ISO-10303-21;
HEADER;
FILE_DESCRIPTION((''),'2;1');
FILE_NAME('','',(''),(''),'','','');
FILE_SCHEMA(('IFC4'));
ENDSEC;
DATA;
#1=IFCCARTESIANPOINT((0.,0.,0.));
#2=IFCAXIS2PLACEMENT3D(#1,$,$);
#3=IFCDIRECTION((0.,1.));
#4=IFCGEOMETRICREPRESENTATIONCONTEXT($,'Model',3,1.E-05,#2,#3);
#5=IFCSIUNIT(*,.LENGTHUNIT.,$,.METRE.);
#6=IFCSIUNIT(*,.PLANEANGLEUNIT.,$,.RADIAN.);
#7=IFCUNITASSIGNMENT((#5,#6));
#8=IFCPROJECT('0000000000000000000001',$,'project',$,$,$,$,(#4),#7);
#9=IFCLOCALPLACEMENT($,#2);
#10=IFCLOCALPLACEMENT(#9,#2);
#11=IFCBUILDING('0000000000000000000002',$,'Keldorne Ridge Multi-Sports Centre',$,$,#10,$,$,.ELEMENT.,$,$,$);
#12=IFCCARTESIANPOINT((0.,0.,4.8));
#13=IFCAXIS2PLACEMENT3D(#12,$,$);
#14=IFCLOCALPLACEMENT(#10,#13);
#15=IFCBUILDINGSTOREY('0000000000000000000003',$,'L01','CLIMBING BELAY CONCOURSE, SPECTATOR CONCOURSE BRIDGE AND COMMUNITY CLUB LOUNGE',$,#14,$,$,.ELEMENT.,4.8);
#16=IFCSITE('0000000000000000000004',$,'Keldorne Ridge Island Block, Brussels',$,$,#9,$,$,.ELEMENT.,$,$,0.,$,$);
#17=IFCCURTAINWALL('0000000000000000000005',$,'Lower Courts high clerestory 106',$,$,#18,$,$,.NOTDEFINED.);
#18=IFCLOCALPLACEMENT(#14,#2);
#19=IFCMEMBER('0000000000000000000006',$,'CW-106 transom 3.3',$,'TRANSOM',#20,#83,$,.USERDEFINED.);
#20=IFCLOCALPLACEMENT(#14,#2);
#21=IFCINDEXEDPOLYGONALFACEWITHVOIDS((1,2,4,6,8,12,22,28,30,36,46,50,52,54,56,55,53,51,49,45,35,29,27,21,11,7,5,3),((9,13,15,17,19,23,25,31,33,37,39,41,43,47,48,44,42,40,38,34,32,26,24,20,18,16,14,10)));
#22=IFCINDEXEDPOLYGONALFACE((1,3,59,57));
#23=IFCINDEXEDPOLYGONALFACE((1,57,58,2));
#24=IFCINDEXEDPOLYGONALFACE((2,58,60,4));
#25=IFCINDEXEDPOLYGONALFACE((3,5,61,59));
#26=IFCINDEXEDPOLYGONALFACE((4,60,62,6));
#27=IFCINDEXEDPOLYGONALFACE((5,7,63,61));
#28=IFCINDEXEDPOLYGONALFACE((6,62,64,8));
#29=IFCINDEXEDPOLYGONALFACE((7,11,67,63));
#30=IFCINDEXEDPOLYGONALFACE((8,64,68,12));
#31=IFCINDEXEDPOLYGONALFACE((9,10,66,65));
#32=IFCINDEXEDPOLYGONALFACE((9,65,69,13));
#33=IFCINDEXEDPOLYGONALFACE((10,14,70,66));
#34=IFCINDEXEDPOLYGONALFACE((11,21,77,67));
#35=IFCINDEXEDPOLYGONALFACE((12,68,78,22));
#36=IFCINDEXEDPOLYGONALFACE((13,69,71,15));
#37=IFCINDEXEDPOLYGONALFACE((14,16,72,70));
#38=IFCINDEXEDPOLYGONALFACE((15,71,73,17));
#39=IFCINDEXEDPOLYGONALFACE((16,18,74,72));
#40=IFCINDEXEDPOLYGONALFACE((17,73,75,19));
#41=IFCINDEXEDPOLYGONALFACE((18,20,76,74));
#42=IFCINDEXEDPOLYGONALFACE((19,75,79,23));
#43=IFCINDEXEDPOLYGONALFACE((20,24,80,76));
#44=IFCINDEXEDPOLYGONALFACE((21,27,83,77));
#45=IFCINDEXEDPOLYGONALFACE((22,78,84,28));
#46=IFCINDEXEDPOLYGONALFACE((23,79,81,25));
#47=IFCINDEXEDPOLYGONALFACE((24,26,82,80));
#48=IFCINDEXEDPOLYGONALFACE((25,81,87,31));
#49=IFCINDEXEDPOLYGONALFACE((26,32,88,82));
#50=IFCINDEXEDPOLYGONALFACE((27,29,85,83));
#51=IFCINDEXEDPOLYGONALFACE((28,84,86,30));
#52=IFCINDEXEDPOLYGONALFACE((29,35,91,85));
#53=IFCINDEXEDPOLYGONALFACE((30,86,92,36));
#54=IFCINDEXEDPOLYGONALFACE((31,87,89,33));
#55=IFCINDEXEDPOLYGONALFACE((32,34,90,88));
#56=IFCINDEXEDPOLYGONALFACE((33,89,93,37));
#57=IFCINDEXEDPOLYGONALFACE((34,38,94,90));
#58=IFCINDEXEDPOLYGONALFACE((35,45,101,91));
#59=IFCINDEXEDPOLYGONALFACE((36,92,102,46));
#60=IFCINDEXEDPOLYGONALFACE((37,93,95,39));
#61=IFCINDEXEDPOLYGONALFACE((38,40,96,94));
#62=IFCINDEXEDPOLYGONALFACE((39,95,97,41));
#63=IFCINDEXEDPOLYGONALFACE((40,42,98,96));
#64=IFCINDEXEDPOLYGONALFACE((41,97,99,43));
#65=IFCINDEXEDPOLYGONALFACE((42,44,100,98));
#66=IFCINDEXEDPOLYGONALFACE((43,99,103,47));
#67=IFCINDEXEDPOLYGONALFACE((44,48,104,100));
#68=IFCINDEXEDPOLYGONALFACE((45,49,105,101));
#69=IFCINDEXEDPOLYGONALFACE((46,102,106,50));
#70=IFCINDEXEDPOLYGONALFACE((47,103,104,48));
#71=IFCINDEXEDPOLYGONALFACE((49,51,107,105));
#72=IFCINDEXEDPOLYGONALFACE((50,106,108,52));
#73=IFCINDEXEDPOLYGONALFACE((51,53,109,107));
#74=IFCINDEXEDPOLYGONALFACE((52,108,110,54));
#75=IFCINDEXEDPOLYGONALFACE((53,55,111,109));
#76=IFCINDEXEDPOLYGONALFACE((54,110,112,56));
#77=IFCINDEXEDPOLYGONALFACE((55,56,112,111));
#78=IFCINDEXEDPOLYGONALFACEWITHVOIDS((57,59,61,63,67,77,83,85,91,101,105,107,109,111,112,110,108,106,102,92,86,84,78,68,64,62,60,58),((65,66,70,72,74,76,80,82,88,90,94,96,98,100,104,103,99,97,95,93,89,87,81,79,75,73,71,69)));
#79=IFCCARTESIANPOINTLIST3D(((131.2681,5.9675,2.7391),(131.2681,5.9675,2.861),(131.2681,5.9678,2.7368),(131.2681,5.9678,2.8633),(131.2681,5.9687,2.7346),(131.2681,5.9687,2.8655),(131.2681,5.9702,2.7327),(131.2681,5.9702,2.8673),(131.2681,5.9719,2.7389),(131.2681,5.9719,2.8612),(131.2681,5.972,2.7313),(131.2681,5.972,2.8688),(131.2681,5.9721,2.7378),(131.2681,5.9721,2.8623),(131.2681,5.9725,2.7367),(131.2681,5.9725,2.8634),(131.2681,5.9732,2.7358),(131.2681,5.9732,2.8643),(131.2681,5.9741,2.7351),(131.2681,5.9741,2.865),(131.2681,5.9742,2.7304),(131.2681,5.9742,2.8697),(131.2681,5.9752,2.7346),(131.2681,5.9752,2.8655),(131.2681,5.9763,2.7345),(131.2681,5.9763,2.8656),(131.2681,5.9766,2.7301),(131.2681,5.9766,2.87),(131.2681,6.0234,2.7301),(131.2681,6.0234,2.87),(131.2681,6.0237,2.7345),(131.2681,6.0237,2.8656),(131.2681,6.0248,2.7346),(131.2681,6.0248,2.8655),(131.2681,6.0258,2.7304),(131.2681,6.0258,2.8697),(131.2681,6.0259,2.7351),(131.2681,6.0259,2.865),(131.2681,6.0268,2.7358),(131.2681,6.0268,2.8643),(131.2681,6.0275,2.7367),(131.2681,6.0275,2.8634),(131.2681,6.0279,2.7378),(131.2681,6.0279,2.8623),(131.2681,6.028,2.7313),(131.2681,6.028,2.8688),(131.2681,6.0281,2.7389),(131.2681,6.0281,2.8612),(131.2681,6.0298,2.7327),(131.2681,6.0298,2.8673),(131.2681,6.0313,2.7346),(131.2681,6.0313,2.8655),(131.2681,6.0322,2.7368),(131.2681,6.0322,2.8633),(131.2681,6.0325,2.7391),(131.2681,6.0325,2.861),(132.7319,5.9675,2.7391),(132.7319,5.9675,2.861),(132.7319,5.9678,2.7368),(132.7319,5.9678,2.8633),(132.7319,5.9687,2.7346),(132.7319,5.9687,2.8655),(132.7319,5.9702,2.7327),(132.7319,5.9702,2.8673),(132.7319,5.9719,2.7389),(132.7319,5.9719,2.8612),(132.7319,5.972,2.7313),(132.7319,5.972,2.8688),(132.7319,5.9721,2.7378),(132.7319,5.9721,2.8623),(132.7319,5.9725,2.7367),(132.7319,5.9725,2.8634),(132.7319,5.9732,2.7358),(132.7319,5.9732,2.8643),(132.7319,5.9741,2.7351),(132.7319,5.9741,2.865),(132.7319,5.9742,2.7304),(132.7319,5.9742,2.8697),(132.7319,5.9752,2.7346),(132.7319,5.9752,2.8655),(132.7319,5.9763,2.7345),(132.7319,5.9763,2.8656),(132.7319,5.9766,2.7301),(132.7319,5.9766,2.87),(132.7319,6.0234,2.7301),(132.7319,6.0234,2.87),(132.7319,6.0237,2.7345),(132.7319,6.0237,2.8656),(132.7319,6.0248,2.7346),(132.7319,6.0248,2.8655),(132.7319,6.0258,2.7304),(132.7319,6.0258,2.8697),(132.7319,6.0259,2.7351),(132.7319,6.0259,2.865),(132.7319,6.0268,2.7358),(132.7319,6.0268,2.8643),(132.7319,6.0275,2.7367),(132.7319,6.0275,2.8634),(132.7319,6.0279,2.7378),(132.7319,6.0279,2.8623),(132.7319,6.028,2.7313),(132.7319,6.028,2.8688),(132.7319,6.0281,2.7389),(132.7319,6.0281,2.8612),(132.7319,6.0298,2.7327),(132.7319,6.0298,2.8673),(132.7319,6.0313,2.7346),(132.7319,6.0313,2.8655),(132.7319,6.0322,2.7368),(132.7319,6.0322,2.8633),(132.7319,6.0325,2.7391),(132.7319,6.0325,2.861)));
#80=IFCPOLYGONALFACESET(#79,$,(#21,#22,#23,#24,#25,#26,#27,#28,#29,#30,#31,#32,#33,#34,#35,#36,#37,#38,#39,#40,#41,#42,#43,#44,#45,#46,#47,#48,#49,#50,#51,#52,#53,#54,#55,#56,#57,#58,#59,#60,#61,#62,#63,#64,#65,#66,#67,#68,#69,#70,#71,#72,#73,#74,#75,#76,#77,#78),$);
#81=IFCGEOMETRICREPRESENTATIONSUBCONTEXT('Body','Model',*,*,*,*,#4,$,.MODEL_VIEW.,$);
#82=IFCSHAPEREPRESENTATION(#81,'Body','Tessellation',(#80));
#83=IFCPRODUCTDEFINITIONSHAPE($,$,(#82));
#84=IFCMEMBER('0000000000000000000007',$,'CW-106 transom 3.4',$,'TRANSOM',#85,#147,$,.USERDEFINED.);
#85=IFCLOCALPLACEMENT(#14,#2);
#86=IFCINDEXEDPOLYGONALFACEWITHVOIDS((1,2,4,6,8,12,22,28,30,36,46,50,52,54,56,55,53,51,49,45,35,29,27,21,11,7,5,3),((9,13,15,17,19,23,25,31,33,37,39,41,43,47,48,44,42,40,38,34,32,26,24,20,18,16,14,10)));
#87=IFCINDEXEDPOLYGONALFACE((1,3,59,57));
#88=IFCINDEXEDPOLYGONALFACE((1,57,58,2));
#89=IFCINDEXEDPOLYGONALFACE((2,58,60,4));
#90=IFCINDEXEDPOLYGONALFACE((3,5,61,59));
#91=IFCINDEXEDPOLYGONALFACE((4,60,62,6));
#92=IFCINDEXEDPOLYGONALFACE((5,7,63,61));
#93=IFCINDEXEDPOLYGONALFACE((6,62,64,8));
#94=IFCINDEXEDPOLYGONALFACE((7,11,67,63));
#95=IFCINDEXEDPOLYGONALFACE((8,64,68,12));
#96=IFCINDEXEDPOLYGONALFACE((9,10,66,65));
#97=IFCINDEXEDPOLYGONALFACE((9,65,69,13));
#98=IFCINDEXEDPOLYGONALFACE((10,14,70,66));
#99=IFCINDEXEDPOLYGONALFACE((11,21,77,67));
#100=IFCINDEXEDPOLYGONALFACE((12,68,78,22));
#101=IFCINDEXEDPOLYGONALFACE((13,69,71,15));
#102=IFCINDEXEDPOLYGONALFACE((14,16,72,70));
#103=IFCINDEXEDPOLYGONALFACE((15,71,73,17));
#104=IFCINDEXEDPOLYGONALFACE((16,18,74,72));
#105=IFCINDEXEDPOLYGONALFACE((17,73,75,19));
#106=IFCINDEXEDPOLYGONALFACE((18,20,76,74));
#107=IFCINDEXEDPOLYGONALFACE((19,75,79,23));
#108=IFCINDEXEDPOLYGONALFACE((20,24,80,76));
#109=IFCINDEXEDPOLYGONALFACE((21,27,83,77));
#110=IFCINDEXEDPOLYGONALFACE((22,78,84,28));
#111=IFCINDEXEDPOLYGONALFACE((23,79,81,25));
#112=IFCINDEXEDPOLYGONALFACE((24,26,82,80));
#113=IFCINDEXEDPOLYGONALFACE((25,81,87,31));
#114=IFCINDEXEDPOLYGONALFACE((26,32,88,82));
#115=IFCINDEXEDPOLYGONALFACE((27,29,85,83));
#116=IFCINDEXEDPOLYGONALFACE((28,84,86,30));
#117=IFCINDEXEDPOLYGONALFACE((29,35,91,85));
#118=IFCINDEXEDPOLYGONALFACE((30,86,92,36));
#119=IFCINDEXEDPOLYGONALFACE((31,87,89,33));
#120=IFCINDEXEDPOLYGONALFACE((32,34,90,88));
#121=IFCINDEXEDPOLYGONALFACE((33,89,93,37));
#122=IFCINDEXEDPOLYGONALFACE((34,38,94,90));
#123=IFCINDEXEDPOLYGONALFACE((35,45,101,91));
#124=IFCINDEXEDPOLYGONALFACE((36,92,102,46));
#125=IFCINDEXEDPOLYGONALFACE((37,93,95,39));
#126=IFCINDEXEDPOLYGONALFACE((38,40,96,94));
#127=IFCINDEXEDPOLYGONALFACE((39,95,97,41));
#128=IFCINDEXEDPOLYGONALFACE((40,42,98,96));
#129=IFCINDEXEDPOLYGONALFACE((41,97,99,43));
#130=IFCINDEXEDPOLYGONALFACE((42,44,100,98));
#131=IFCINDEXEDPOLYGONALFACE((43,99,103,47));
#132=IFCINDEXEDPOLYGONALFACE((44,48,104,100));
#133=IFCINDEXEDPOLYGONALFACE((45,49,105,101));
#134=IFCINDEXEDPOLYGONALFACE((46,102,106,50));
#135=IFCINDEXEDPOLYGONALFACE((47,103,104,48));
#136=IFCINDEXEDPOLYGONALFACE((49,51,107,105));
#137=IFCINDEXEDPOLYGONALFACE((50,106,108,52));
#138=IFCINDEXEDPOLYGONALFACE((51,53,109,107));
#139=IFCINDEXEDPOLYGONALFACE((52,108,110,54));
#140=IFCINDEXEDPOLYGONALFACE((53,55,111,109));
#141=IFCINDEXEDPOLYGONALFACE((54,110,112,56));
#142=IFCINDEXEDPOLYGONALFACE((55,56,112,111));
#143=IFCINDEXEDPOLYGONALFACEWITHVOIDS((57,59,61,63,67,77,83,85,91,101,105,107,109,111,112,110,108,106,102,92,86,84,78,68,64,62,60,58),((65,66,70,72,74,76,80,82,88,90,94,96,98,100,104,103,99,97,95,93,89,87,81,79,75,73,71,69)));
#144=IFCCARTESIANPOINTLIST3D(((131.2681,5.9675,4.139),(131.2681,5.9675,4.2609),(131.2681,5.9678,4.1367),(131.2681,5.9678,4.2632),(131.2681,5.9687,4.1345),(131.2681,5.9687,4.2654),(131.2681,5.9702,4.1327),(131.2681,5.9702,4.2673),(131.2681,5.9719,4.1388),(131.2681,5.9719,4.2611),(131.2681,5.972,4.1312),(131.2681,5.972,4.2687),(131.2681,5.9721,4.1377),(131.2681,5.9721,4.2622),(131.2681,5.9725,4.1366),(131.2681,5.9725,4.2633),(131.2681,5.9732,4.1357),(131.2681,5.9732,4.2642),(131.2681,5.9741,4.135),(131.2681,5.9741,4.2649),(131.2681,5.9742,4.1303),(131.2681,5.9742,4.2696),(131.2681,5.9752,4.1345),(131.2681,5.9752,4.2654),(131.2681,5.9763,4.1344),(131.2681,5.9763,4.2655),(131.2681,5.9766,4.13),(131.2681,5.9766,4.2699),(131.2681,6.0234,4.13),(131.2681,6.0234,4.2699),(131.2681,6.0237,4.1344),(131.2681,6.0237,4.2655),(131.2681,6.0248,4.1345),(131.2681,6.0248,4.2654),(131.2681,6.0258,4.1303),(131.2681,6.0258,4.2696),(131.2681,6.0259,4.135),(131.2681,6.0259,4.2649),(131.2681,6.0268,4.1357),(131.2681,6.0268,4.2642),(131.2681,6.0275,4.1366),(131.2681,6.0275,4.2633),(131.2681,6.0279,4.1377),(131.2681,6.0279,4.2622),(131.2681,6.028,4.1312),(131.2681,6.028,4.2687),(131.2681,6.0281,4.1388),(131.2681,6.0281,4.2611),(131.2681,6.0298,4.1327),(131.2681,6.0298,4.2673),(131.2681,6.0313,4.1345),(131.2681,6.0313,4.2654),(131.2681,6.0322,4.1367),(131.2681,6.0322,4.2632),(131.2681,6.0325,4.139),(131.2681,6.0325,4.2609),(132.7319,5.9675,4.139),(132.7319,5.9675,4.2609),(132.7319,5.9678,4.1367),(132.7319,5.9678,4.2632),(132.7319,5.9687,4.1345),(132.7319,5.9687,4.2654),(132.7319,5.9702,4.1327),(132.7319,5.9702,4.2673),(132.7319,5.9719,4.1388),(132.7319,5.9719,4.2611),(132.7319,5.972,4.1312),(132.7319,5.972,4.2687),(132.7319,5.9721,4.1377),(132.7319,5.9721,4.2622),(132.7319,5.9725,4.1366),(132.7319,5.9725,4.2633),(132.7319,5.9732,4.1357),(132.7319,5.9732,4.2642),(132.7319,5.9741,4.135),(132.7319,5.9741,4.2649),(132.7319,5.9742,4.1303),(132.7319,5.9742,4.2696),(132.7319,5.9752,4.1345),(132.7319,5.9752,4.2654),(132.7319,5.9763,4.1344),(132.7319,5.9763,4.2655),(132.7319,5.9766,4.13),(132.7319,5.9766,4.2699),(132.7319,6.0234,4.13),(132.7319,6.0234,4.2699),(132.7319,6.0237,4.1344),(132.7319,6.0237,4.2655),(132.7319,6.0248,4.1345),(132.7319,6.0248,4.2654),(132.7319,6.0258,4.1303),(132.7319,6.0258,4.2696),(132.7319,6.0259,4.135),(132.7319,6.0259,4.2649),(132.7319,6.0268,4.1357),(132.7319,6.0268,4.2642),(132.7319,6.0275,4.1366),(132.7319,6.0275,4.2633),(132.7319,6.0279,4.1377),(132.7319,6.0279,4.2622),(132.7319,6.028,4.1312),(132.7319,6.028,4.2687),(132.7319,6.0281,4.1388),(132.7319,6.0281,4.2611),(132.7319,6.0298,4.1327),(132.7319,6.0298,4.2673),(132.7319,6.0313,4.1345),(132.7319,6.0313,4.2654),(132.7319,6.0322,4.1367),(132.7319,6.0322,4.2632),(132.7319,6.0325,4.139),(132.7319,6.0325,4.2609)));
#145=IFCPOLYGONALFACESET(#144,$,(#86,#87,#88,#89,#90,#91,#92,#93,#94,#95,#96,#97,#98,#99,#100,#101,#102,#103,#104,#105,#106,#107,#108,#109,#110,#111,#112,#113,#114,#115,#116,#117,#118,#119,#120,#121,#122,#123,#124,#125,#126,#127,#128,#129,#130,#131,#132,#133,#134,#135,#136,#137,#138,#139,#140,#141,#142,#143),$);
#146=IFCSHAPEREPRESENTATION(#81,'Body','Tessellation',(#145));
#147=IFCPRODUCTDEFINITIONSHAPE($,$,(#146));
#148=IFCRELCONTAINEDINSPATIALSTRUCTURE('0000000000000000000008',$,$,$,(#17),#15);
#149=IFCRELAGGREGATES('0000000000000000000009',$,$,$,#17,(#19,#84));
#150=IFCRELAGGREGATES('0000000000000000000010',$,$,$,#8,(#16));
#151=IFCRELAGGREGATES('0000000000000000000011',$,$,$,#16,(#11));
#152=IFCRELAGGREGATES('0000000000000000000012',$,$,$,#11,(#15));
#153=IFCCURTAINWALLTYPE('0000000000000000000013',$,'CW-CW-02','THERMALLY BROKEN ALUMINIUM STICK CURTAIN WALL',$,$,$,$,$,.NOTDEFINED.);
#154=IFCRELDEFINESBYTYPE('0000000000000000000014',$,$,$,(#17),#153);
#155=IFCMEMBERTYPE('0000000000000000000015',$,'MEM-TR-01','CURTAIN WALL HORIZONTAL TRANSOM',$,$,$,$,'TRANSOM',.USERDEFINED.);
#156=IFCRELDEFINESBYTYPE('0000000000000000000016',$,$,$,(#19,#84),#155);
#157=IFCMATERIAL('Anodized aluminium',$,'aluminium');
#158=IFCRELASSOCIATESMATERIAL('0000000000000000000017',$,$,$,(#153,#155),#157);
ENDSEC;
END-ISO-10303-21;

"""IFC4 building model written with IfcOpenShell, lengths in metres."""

from ifc_helpers import new_model, si_unit, direction, frame, origin, origin_2d, place, context, subcontext, project, spatial, hollow_rectangle, extrude, material, material_profile, profile_set, type_object, element, aggregate, save


model = new_model("IFC4")

# Units and contexts
model_context = context("Model", 3, precision=1e-05, world=origin(), true_north=direction((0.0, 1.0)))
body_context = subcontext(model_context, "Body", "Model", "MODEL_VIEW")
ifc_project = project(units=[si_unit("LENGTHUNIT", "METRE"), si_unit("PLANEANGLEUNIT", "RADIAN")], contexts=[model_context])

# Site, building, storey
site_placement = place(None, origin())
site = spatial("IfcSite", under=ifc_project, at=site_placement, Name="Keldorne Ridge Island Block, Brussels", CompositionType="ELEMENT", RefElevation=0.0)
building_placement = place(site_placement, origin())
building = spatial("IfcBuilding", under=site, at=building_placement, Name="Keldorne Ridge Multi-Sports Centre", CompositionType="ELEMENT")
storey_placement = place(building_placement, frame((0.0, 0.0, 4.8)))
storey = spatial("IfcBuildingStorey", under=building, at=storey_placement, Name="L01", Description="CLIMBING BELAY CONCOURSE, SPECTATOR CONCOURSE BRIDGE AND COMMUNITY CLUB LOUNGE", CompositionType="ELEMENT", Elevation=4.8)

# Curtain wall, members
ifc_material_1 = material(Name="Anodized aluminium", Category="aluminium")
curtain_wall_type = type_object("IfcCurtainWallType", Name="CW-CW-02", Description="THERMALLY BROKEN ALUMINIUM STICK CURTAIN WALL", PredefinedType="NOTDEFINED", material=ifc_material_1)
curtain_wall_placement = place(storey_placement, origin())
curtain_wall = element("IfcCurtainWall", 1, at=curtain_wall_placement, inside=storey, type_object=curtain_wall_type, Name="Lower Courts high clerestory 106", PredefinedType="NOTDEFINED")
ifc_material_profile_1 = material_profile(ifc_material_1, hollow_rectangle(XDim=0.0649, YDim=0.1399, WallThickness=0.0044, InnerFilletRadius=0.0044, OuterFilletRadius=0.009, at=origin_2d()), Name="ALU TRANSOM 140x65x4.5")
ifc_profile_set_1 = profile_set([ifc_material_profile_1], Name="Anodized aluminium")
member_type_1 = type_object("IfcMemberType", Name="MEM-TR-01", Description="CURTAIN WALL HORIZONTAL TRANSOM", ElementType="TRANSOM", PredefinedType="USERDEFINED", material=ifc_profile_set_1)
member_1_placement = place(storey_placement, frame((131.2681, 6.0, 2.8), z_axis=(1.0, 0.0, 0.0), x_axis=(0.0, 1.0, 0.0)))
member_1 = element("IfcMember", 2, at=member_1_placement, type_object=member_type_1, Name="CW-106 transom 3.3", ObjectType="TRANSOM", PredefinedType="USERDEFINED", context=body_context, shape_type="SweptSolid", body=[
    extrude(hollow_rectangle(XDim=0.0649, YDim=0.1399, WallThickness=0.0044, InnerFilletRadius=0.0044, OuterFilletRadius=0.009, at=origin_2d()), origin(), (0.0, 0.0, 1.0), 1.4639),
])
member_2_placement = place(storey_placement, frame((131.2681, 6.0, 4.2), z_axis=(1.0, 0.0, 0.0), x_axis=(0.0, 1.0, 0.0)))
member_2 = element("IfcMember", 3, at=member_2_placement, type_object=member_type_1, Name="CW-106 transom 3.4", ObjectType="TRANSOM", PredefinedType="USERDEFINED", context=body_context, shape_type="SweptSolid", body=[
    extrude(hollow_rectangle(XDim=0.0649, YDim=0.1399, WallThickness=0.0044, InnerFilletRadius=0.0044, OuterFilletRadius=0.009, at=origin_2d()), origin(), (0.0, 0.0, 1.0), 1.4639),
])

aggregate(curtain_wall, [member_1, member_2])

save(model, "model.ifc")
